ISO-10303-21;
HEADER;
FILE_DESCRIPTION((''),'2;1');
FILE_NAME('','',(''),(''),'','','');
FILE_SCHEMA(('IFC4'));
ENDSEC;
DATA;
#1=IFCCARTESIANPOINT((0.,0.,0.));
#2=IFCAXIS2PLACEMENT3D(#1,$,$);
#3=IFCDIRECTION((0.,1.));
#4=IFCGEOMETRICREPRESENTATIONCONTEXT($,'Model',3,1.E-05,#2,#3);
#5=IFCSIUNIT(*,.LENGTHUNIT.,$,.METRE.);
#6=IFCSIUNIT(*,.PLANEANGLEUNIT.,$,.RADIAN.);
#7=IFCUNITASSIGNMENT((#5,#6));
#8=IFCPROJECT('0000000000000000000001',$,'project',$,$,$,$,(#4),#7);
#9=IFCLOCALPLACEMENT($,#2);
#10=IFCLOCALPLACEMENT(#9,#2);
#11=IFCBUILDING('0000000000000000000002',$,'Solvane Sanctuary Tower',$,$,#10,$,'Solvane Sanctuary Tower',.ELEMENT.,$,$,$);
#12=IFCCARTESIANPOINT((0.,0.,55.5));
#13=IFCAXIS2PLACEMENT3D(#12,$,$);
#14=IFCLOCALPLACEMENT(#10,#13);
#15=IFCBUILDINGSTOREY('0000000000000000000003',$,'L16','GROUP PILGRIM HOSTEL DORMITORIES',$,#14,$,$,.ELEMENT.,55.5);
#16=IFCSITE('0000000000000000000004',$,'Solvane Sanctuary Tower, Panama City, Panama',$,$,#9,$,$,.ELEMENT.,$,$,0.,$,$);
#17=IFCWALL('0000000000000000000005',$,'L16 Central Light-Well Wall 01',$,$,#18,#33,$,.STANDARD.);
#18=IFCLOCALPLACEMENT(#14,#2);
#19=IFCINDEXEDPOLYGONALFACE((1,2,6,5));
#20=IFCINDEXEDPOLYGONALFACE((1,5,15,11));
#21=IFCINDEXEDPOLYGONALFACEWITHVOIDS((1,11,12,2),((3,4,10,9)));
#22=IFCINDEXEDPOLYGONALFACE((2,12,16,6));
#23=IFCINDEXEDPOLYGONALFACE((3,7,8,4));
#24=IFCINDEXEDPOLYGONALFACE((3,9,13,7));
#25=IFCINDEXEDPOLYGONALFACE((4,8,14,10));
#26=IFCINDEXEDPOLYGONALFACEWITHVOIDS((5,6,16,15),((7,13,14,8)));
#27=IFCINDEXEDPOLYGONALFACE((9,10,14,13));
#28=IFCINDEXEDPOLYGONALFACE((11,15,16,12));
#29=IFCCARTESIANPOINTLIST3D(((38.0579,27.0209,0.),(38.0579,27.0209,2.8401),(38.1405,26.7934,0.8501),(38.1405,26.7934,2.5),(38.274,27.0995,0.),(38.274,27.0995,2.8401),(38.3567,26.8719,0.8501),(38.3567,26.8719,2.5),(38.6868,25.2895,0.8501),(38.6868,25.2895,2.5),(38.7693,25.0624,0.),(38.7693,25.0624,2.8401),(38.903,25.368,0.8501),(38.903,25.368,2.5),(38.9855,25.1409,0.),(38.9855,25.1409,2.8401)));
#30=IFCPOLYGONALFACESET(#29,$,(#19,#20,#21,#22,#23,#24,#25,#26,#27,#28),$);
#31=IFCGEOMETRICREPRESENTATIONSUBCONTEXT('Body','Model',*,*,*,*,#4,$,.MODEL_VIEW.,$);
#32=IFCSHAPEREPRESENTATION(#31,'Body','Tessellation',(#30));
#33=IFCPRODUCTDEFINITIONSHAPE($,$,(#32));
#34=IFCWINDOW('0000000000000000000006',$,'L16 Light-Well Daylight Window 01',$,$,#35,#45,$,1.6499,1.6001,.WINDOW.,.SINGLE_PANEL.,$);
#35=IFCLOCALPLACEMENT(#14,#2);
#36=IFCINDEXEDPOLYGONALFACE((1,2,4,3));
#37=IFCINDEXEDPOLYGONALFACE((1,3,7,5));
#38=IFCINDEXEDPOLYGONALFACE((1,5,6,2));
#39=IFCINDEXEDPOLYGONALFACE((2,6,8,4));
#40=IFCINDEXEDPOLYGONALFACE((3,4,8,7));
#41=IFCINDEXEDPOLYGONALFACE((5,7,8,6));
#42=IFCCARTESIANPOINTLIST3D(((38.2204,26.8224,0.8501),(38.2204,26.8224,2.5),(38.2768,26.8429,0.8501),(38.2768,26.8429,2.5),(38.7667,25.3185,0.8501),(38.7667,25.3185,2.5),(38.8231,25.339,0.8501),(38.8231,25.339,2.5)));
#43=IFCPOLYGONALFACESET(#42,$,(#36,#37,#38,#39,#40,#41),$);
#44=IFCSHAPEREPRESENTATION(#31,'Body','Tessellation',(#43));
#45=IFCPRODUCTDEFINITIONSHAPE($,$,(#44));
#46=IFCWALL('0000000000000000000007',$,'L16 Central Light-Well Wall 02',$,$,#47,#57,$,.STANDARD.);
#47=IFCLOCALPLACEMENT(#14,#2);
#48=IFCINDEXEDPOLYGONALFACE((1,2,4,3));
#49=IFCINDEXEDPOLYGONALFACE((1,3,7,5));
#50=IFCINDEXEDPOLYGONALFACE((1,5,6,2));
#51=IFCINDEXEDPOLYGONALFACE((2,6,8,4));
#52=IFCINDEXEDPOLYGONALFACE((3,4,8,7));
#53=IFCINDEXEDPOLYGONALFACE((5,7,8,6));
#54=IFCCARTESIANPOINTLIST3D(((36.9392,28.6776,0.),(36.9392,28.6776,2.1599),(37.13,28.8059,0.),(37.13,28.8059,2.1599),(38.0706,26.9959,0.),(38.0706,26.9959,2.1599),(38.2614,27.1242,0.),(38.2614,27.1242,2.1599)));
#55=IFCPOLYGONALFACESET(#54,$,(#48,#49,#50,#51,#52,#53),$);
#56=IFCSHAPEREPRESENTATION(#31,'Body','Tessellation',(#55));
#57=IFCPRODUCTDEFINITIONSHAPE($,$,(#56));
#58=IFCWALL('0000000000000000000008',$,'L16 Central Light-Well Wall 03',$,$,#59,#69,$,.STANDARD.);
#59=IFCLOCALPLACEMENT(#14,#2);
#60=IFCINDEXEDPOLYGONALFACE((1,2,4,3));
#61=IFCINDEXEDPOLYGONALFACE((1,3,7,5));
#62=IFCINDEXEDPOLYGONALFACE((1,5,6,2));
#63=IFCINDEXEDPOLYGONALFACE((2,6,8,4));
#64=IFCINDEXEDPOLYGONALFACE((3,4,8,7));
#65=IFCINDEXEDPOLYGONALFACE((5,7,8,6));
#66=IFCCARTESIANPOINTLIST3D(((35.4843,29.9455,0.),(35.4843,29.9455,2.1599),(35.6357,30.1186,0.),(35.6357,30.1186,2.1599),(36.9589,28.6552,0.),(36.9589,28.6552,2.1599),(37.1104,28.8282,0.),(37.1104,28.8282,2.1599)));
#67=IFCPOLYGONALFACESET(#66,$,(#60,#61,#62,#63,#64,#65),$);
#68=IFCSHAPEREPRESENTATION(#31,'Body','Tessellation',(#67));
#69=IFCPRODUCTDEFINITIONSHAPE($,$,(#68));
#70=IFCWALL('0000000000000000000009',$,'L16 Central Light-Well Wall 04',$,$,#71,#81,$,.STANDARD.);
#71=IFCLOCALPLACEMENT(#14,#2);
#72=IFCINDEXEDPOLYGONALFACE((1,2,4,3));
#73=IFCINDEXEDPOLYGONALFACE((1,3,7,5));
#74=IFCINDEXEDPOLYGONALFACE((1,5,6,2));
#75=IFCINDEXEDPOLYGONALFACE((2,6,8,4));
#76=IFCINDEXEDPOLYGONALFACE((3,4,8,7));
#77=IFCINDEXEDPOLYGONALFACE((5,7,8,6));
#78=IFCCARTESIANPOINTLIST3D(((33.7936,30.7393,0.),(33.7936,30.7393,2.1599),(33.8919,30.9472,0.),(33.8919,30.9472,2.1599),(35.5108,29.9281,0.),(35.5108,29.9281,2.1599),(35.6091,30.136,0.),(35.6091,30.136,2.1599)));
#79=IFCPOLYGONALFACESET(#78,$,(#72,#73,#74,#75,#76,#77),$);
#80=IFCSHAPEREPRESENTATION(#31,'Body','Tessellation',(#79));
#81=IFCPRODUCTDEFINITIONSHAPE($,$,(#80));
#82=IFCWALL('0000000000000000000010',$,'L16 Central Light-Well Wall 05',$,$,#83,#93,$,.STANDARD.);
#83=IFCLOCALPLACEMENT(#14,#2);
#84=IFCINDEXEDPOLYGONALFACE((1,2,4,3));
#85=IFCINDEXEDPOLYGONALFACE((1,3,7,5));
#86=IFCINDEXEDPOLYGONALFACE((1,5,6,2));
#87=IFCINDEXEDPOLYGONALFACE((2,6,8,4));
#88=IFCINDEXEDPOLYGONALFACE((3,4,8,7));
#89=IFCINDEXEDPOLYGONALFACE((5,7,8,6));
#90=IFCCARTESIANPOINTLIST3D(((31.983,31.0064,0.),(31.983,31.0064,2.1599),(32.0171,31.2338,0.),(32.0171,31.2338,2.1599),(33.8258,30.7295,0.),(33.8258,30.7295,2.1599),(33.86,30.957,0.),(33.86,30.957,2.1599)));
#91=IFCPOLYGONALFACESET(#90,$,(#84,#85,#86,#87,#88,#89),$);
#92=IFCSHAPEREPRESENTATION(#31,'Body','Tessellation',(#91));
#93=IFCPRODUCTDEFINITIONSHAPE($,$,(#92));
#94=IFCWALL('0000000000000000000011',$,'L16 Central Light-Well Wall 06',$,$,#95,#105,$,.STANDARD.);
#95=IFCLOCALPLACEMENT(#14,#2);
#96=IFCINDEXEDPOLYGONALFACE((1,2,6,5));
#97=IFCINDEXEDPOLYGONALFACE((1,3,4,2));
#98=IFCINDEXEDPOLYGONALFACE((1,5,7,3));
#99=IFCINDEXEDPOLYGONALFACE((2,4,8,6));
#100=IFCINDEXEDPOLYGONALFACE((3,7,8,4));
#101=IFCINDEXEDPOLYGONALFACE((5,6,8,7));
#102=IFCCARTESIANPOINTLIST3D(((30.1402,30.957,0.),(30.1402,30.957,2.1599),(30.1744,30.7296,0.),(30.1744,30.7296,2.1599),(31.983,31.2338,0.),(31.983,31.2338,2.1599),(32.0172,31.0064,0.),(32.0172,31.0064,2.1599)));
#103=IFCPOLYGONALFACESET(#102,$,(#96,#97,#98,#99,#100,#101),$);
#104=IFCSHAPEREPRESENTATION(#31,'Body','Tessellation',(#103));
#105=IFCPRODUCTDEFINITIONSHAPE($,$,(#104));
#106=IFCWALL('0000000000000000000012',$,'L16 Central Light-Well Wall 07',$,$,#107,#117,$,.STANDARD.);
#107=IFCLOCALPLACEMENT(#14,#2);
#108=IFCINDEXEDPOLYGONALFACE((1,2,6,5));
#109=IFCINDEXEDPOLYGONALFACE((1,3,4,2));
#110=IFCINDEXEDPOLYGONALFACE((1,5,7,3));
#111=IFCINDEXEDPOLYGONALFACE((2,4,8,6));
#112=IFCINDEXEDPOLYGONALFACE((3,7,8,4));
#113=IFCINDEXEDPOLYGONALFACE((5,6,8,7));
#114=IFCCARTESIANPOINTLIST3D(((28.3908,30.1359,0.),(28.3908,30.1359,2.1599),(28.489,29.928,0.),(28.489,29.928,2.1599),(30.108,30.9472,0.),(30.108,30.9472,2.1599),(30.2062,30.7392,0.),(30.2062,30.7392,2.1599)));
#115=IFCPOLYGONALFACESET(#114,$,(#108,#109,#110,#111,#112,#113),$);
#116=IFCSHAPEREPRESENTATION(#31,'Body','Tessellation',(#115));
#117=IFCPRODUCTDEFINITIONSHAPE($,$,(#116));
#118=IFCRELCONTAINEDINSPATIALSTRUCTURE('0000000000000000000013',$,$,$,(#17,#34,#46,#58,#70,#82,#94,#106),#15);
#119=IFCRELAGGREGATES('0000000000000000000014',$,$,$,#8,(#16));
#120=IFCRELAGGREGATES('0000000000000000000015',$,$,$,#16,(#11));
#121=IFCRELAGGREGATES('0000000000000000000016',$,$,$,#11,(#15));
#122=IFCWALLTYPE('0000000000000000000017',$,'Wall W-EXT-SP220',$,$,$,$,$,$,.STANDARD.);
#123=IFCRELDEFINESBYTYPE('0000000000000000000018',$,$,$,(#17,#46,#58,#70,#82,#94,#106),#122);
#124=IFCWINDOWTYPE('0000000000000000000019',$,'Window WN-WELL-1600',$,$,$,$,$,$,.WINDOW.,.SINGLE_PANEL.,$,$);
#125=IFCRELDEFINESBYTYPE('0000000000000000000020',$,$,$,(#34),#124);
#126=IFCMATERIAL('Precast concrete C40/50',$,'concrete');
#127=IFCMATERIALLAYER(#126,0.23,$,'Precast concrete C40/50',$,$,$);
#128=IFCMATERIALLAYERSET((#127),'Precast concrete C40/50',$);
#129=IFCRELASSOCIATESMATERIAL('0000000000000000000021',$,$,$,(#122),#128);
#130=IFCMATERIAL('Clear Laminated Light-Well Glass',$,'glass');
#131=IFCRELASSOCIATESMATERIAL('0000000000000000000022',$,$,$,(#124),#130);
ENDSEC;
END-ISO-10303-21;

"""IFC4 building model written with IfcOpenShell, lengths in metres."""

from ifc_helpers import new_model, si_unit, direction, frame, frame_2d, origin, place, context, subcontext, project, spatial, rectangle, extrude, material, layer, layer_set, type_object, element, fill, save


model = new_model("IFC4")

# Units and contexts
model_context = context("Model", 3, precision=1e-05, world=origin(), true_north=direction((0.0, 1.0)))
body_context = subcontext(model_context, "Body", "Model", "MODEL_VIEW")
ifc_project = project(units=[si_unit("LENGTHUNIT", "METRE"), si_unit("PLANEANGLEUNIT", "RADIAN")], contexts=[model_context])

# Site, building, storey
site_placement = place(None, origin())
site = spatial("IfcSite", under=ifc_project, at=site_placement, Name="Solvane Sanctuary Tower, Panama City, Panama", CompositionType="ELEMENT", RefElevation=0.0)
building_placement = place(site_placement, origin())
building = spatial("IfcBuilding", under=site, at=building_placement, Name="Solvane Sanctuary Tower", LongName="Solvane Sanctuary Tower", CompositionType="ELEMENT")
storey_placement = place(building_placement, frame((0.0, 0.0, 55.5)))
storey = spatial("IfcBuildingStorey", under=building, at=storey_placement, Name="L16", Description="GROUP PILGRIM HOSTEL DORMITORIES", CompositionType="ELEMENT", Elevation=55.5)

# Shared definitions
ifc_material_1 = material(Name="Precast concrete C40/50", Category="concrete")
ifc_layer_1 = layer(ifc_material_1, 0.23, Name="Precast concrete C40/50")
ifc_layer_set_1 = layer_set([ifc_layer_1], Name="Precast concrete C40/50")
wall_type_1 = type_object("IfcWallType", Name="Wall W-EXT-SP220", PredefinedType="STANDARD", material=ifc_layer_set_1)

# Wall, opening, window
wall_1_placement = place(storey_placement, frame((38.8774, 25.1016, 0.0), z_axis=(0.0, 0.0, 1.0), x_axis=(-0.341423, 0.93991, 0.0)))
wall_1 = element("IfcWall", 1, at=wall_1_placement, inside=storey, type_object=wall_type_1, Name="L16 Central Light-Well Wall 01", PredefinedType="STANDARD", context=body_context, shape_type="SweptSolid", body=[
    extrude(rectangle(XDim=2.0837, YDim=0.23, at=frame_2d((1.042, 0.0))), origin(), (0.0, 0.0, 1.0), 2.8401),
])
opening_1_placement = place(wall_1_placement, frame((0.2417, 0.0, 0.8501)))
opening_1 = element("IfcOpeningElement", 2, at=opening_1_placement, cuts=wall_1, PredefinedType="OPENING", context=body_context, shape_type="SweptSolid", body=[
    extrude(rectangle(XDim=1.6001, YDim=1.6499, at=frame_2d((0.8, 0.825))), frame((0.0, 0.125, 0.0), z_axis=(0.0, -1.0, 0.0), x_axis=(1.0, 0.0, 0.0)), (0.0, 0.0, 1.0), 0.25),
])
ifc_material_2 = material(Name="Clear Laminated Light-Well Glass", Category="glass")
window_type = type_object("IfcWindowType", Name="Window WN-WELL-1600", PartitioningType="SINGLE_PANEL", PredefinedType="WINDOW", material=ifc_material_2)
window_placement = place(opening_1_placement, origin())
window = element("IfcWindow", 3, at=window_placement, inside=storey, type_object=window_type, Name="L16 Light-Well Daylight Window 01", OverallHeight=1.6499, OverallWidth=1.6001, PartitioningType="SINGLE_PANEL", PredefinedType="WINDOW", context=body_context, shape_type="SweptSolid", body=[
    extrude(rectangle(XDim=1.6001, YDim=1.6499, at=frame_2d((0.8, 0.825))), frame((0.0, 0.03, 0.0), z_axis=(0.0, -1.0, 0.0), x_axis=(1.0, 0.0, 0.0)), (0.0, 0.0, 1.0), 0.0601),
])
fill(opening_1, window)

# Walls
wall_2_placement = place(storey_placement, frame((38.166, 27.0601, 0.0), z_axis=(0.0, 0.0, 1.0), x_axis=(-0.558198, 0.829708, 0.0)))
element("IfcWall", 4, at=wall_2_placement, inside=storey, type_object=wall_type_1, Name="L16 Central Light-Well Wall 02", PredefinedType="STANDARD", context=body_context, shape_type="SweptSolid", body=[
    extrude(rectangle(XDim=2.0269, YDim=0.23, at=frame_2d((1.0134, 0.0))), origin(), (0.0, 0.0, 1.0), 2.1599),
])
wall_3_placement = place(storey_placement, frame((37.0347, 28.7417, 0.0), z_axis=(0.0, 0.0, 1.0), x_axis=(-0.752577, 0.658505, 0.0)))
element("IfcWall", 5, at=wall_3_placement, inside=storey, type_object=wall_type_1, Name="L16 Central Light-Well Wall 03", PredefinedType="STANDARD", context=body_context, shape_type="SweptSolid", body=[
    extrude(rectangle(XDim=1.9595, YDim=0.23, at=frame_2d((0.9797, 0.0))), origin(), (0.0, 0.0, 1.0), 2.1599),
])
wall_4_placement = place(storey_placement, frame((35.5601, 30.032, 0.0), z_axis=(0.0, 0.0, 1.0), x_axis=(-0.90418, 0.427152, 0.0)))
element("IfcWall", 6, at=wall_4_placement, inside=storey, type_object=wall_type_1, Name="L16 Central Light-Well Wall 04", PredefinedType="STANDARD", context=body_context, shape_type="SweptSolid", body=[
    extrude(rectangle(XDim=1.8992, YDim=0.23, at=frame_2d((0.9497, 0.0))), origin(), (0.0, 0.0, 1.0), 2.1599),
])
for number, where, z_axis, x_axis, name in (
    (7, (33.8428, 30.8433, 0.0), (0.0, 0.0, 1.0), (-0.988902, 0.148571, 0.0), "L16 Central Light-Well Wall 05"),
    (8, (32.0, 31.1201, 0.0), (0.0, 0.0, 1.0), (-0.988902, -0.148571, 0.0), "L16 Central Light-Well Wall 06"),
):
    element("IfcWall", number, at=place(storey_placement, frame(where, z_axis=z_axis, x_axis=x_axis)), inside=storey, type_object=wall_type_1, Name=name, PredefinedType="STANDARD", context=body_context, shape_type="SweptSolid", body=[
        extrude(rectangle(XDim=1.8635, YDim=0.23, at=frame_2d((0.9316, 0.0))), origin(), (0.0, 0.0, 1.0), 2.1599),
    ])
wall_5_placement = place(storey_placement, frame((30.1572, 30.8433, 0.0), z_axis=(0.0, 0.0, 1.0), x_axis=(-0.90418, -0.427152, 0.0)))
element("IfcWall", 9, at=wall_5_placement, inside=storey, type_object=wall_type_1, Name="L16 Central Light-Well Wall 07", PredefinedType="STANDARD", context=body_context, shape_type="SweptSolid", body=[
    extrude(rectangle(XDim=1.8992, YDim=0.23, at=frame_2d((0.9497, 0.0))), origin(), (0.0, 0.0, 1.0), 2.1599),
])

save(model, "model.ifc")
